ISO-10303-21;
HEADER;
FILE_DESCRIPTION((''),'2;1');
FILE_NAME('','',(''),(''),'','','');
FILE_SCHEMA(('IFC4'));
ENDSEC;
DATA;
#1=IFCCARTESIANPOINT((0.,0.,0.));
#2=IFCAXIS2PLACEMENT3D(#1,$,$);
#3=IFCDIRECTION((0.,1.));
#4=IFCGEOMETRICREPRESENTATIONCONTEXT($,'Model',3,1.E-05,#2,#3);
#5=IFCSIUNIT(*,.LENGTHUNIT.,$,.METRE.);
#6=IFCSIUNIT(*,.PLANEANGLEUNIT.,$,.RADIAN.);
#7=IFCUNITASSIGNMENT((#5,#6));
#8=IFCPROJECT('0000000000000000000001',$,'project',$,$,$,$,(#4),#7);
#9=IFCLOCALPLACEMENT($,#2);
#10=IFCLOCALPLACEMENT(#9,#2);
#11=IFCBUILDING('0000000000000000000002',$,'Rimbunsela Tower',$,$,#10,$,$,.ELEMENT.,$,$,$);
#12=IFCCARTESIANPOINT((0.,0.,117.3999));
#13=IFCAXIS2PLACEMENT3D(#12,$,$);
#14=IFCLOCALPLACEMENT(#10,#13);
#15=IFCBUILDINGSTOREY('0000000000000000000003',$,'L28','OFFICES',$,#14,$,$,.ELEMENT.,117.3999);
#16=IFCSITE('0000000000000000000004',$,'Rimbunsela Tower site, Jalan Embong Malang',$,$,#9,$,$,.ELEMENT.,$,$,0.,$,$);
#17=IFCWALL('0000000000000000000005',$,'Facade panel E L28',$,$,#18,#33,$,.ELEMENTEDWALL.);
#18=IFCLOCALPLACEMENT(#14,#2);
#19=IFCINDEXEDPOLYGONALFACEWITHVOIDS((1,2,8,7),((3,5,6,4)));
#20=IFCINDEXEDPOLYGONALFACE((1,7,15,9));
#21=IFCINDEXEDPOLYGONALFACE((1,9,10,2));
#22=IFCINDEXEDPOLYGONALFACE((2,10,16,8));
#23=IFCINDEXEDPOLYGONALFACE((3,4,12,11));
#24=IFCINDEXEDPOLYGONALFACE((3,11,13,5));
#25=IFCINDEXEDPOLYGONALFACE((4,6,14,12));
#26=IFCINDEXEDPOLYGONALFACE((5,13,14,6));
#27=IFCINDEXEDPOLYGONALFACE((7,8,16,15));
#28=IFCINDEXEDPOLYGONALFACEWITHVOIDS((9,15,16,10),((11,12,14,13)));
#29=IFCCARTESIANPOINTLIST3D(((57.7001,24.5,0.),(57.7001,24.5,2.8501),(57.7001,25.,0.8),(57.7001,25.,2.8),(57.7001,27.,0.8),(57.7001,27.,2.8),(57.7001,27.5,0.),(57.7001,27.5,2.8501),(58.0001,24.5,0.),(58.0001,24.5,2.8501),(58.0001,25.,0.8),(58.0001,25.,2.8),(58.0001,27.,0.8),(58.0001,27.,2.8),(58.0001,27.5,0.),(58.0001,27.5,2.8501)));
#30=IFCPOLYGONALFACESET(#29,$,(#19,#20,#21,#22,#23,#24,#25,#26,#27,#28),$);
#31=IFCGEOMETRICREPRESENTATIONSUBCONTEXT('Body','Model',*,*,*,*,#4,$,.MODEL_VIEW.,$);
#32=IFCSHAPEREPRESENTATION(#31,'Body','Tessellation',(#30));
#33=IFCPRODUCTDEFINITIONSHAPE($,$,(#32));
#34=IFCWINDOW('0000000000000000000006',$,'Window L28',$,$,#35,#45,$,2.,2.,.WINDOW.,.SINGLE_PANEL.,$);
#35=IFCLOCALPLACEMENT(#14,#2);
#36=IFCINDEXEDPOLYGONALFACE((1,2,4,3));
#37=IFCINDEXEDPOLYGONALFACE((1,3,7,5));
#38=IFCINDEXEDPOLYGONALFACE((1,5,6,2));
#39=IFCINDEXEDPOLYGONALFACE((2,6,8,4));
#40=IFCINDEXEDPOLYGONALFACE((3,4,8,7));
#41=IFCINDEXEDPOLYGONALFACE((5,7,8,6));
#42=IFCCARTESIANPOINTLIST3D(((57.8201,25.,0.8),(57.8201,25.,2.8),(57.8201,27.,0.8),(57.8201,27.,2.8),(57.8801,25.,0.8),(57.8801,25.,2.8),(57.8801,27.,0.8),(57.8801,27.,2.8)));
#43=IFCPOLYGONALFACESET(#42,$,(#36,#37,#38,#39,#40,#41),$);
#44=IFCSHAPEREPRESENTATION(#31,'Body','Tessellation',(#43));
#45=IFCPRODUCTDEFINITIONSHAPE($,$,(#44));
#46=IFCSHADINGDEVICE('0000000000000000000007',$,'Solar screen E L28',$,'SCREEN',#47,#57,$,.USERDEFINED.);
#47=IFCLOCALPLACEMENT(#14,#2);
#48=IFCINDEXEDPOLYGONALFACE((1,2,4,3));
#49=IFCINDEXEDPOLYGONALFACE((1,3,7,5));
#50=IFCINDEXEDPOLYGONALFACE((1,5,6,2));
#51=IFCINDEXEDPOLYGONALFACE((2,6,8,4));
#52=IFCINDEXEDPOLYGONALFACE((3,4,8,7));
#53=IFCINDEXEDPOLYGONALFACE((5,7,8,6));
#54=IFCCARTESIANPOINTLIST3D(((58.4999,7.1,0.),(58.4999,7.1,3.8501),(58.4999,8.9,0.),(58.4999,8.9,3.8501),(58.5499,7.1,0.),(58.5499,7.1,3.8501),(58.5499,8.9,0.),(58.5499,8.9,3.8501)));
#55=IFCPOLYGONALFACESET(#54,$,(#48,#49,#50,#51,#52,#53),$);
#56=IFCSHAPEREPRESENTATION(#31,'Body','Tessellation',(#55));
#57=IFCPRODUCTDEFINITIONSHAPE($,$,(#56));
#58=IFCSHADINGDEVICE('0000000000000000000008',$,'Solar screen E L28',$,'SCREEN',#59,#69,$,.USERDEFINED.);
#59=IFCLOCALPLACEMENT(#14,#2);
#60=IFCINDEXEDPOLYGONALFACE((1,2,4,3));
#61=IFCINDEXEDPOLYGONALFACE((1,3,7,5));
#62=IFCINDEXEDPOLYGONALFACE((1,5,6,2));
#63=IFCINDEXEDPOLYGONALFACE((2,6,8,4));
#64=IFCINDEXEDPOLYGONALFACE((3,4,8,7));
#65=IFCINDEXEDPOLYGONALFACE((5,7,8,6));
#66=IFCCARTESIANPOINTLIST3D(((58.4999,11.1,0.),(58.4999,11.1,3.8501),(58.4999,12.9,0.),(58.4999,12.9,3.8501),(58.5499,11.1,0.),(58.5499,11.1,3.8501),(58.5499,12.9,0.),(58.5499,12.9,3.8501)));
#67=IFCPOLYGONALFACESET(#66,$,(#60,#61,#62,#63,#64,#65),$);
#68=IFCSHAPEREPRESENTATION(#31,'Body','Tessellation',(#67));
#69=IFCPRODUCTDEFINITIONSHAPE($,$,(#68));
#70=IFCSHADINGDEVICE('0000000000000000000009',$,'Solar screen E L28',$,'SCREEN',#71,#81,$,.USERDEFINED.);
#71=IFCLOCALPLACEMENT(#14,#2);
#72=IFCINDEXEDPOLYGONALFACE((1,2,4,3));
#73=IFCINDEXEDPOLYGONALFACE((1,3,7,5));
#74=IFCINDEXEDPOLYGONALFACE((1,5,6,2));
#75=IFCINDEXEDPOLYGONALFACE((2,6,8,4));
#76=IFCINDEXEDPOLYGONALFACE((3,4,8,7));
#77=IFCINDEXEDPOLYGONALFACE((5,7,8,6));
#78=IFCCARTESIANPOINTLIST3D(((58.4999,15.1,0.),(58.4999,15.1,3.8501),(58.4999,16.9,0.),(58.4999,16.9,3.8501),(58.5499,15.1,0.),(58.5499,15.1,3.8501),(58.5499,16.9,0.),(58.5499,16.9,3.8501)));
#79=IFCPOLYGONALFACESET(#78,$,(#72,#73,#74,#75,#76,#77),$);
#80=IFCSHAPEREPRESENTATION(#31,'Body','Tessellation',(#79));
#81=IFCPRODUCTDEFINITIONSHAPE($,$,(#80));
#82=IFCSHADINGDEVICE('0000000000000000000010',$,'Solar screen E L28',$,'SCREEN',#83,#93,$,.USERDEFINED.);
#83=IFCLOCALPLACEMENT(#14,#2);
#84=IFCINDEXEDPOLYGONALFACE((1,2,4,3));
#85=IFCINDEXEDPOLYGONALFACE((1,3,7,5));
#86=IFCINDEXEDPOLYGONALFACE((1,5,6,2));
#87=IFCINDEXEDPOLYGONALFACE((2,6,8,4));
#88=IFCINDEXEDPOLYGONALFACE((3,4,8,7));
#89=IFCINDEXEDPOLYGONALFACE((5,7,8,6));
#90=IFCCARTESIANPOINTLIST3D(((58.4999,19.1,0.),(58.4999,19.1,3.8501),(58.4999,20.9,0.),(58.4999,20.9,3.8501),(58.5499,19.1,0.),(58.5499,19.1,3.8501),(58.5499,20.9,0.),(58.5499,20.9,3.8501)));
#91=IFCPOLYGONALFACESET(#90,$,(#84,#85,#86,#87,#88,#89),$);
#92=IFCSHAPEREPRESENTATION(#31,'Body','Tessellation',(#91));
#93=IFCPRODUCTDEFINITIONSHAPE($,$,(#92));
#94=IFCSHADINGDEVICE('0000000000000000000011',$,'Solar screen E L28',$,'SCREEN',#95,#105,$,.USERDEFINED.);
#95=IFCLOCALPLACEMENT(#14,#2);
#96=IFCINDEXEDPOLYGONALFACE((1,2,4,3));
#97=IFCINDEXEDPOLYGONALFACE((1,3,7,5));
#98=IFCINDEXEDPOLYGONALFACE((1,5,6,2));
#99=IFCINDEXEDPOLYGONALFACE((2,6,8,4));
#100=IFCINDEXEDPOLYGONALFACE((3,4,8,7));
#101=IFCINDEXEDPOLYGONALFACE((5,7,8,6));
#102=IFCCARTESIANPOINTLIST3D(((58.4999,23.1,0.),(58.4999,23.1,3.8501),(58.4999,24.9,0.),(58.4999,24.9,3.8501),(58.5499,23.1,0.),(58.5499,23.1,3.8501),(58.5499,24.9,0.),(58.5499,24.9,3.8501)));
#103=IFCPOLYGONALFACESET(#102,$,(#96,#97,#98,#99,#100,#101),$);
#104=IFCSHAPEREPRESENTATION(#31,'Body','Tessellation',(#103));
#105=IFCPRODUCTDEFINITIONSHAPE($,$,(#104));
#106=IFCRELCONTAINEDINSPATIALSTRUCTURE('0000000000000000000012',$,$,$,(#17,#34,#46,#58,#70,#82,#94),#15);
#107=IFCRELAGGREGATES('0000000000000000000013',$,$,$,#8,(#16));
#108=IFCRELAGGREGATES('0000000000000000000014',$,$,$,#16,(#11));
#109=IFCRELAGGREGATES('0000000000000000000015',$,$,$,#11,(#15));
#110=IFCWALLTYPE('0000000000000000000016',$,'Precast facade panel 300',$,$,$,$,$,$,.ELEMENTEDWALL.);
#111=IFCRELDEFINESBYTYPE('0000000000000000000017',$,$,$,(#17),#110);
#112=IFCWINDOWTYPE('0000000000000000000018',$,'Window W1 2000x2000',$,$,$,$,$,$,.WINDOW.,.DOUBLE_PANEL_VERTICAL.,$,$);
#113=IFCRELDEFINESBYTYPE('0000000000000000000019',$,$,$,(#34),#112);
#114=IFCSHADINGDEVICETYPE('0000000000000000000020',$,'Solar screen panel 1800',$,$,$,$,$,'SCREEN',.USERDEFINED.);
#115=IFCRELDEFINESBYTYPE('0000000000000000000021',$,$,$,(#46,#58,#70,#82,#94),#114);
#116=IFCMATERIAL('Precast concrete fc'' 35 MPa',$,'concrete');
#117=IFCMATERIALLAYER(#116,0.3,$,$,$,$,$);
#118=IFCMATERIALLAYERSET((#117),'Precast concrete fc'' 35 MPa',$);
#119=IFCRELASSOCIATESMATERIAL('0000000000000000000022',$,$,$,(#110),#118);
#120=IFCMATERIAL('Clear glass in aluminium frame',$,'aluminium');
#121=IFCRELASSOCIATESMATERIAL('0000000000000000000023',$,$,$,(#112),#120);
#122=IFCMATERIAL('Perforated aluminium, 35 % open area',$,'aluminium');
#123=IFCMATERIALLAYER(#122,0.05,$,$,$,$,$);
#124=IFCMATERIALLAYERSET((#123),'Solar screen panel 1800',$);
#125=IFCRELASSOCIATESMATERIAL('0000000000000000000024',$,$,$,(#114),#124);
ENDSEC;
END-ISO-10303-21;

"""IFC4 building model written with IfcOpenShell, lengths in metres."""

from ifc_helpers import new_model, si_unit, direction, frame, frame_2d, origin, origin_2d, place, context, subcontext, project, spatial, rectangle, extrude, material, layer, layer_set, type_object, element, fill, save


model = new_model("IFC4")

# Units and contexts
model_context = context("Model", 3, precision=1e-05, world=origin(), true_north=direction((0.0, 1.0)))
body_context = subcontext(model_context, "Body", "Model", "MODEL_VIEW")
ifc_project = project(units=[si_unit("LENGTHUNIT", "METRE"), si_unit("PLANEANGLEUNIT", "RADIAN")], contexts=[model_context])

# Site, building, storey
site_placement = place(None, origin())
site = spatial("IfcSite", under=ifc_project, at=site_placement, Name="Rimbunsela Tower site, Jalan Embong Malang", CompositionType="ELEMENT", RefElevation=0.0)
building_placement = place(site_placement, origin())
building = spatial("IfcBuilding", under=site, at=building_placement, Name="Rimbunsela Tower", CompositionType="ELEMENT")
storey_placement = place(building_placement, frame((0.0, 0.0, 117.3999)))
storey = spatial("IfcBuildingStorey", under=building, at=storey_placement, Name="L28", Description="OFFICES", CompositionType="ELEMENT", Elevation=117.3999)

# Shared definitions
ifc_material_1 = material(Name="Precast concrete fc' 35 MPa", Category="concrete")
ifc_layer_1 = layer(ifc_material_1, 0.3)
ifc_layer_set_1 = layer_set([ifc_layer_1], Name="Precast concrete fc' 35 MPa")
wall_type = type_object("IfcWallType", Name="Precast facade panel 300", PredefinedType="ELEMENTEDWALL", material=ifc_layer_set_1)

# Wall, opening, window
ifc_material_2 = material(Name="Clear glass in aluminium frame", Category="aluminium")
window_type = type_object("IfcWindowType", Name="Window W1 2000x2000", PartitioningType="DOUBLE_PANEL_VERTICAL", PredefinedType="WINDOW", material=ifc_material_2)
wall_1_placement = place(storey_placement, frame((57.8501, 24.5, 0.0), z_axis=(0.0, 0.0, 1.0), x_axis=(0.0, 1.0, 0.0)))
wall_1 = element("IfcWall", 1, at=wall_1_placement, inside=storey, type_object=wall_type, Name="Facade panel E L28", PredefinedType="ELEMENTEDWALL", context=body_context, shape_type="SweptSolid", body=[
    extrude(rectangle(XDim=3.0, YDim=0.3, at=frame_2d((1.5, 0.0))), origin(), (0.0, 0.0, 1.0), 2.8501),
])
opening_1_placement = place(wall_1_placement, frame((0.5, 0.0, 0.8)))
opening_1 = element("IfcOpeningElement", 2, at=opening_1_placement, cuts=wall_1, PredefinedType="OPENING", context=body_context, shape_type="SweptSolid", body=[
    extrude(rectangle(XDim=2.0, YDim=2.0, at=frame_2d((1.0, 1.0))), frame((0.0, 0.1599, 0.0), z_axis=(0.0, -1.0, 0.0), x_axis=(1.0, 0.0, 0.0)), (0.0, 0.0, 1.0), 0.3201),
])
window_1_placement = place(opening_1_placement, origin())
window_1 = element("IfcWindow", 3, at=window_1_placement, inside=storey, type_object=window_type, Name="Window L28", OverallHeight=2.0, OverallWidth=2.0, PartitioningType="SINGLE_PANEL", PredefinedType="WINDOW", context=body_context, shape_type="SweptSolid", body=[
    extrude(rectangle(XDim=2.0, YDim=2.0, at=frame_2d((1.0, 1.0))), frame((0.0, 0.03, 0.0), z_axis=(0.0, -1.0, 0.0), x_axis=(1.0, 0.0, 0.0)), (0.0, 0.0, 1.0), 0.0601),
])
fill(opening_1, window_1)

# Shading devices
ifc_material_3 = material(Name="Perforated aluminium, 35 % open area", Category="aluminium")
ifc_layer_2 = layer(ifc_material_3, 0.05)
ifc_layer_set_2 = layer_set([ifc_layer_2], Name="Solar screen panel 1800")
shading_device_type = type_object("IfcShadingDeviceType", Name="Solar screen panel 1800", ElementType="SCREEN", PredefinedType="USERDEFINED", material=ifc_layer_set_2)
for number, where, z_axis, x_axis, name in (
    (4, (58.5249, 8.0, 0.0), (0.0, 0.0, 1.0), (0.0, 1.0, 0.0), "Solar screen E L28"),
    (5, (58.5249, 12.0, 0.0), (0.0, 0.0, 1.0), (0.0, 1.0, 0.0), "Solar screen E L28"),
    (6, (58.5249, 16.0, 0.0), (0.0, 0.0, 1.0), (0.0, 1.0, 0.0), "Solar screen E L28"),
    (7, (58.5249, 20.0, 0.0), (0.0, 0.0, 1.0), (0.0, 1.0, 0.0), "Solar screen E L28"),
    (8, (58.5249, 24.0, 0.0), (0.0, 0.0, 1.0), (0.0, 1.0, 0.0), "Solar screen E L28"),
):
    element("IfcShadingDevice", number, at=place(storey_placement, frame(where, z_axis=z_axis, x_axis=x_axis)), inside=storey, type_object=shading_device_type, Name=name, ObjectType="SCREEN", PredefinedType="USERDEFINED", context=body_context, shape_type="SweptSolid", body=[
        extrude(rectangle(XDim=1.8, YDim=0.05, at=origin_2d()), origin(), (0.0, 0.0, 1.0), 3.8501),
    ])

save(model, "model.ifc")
